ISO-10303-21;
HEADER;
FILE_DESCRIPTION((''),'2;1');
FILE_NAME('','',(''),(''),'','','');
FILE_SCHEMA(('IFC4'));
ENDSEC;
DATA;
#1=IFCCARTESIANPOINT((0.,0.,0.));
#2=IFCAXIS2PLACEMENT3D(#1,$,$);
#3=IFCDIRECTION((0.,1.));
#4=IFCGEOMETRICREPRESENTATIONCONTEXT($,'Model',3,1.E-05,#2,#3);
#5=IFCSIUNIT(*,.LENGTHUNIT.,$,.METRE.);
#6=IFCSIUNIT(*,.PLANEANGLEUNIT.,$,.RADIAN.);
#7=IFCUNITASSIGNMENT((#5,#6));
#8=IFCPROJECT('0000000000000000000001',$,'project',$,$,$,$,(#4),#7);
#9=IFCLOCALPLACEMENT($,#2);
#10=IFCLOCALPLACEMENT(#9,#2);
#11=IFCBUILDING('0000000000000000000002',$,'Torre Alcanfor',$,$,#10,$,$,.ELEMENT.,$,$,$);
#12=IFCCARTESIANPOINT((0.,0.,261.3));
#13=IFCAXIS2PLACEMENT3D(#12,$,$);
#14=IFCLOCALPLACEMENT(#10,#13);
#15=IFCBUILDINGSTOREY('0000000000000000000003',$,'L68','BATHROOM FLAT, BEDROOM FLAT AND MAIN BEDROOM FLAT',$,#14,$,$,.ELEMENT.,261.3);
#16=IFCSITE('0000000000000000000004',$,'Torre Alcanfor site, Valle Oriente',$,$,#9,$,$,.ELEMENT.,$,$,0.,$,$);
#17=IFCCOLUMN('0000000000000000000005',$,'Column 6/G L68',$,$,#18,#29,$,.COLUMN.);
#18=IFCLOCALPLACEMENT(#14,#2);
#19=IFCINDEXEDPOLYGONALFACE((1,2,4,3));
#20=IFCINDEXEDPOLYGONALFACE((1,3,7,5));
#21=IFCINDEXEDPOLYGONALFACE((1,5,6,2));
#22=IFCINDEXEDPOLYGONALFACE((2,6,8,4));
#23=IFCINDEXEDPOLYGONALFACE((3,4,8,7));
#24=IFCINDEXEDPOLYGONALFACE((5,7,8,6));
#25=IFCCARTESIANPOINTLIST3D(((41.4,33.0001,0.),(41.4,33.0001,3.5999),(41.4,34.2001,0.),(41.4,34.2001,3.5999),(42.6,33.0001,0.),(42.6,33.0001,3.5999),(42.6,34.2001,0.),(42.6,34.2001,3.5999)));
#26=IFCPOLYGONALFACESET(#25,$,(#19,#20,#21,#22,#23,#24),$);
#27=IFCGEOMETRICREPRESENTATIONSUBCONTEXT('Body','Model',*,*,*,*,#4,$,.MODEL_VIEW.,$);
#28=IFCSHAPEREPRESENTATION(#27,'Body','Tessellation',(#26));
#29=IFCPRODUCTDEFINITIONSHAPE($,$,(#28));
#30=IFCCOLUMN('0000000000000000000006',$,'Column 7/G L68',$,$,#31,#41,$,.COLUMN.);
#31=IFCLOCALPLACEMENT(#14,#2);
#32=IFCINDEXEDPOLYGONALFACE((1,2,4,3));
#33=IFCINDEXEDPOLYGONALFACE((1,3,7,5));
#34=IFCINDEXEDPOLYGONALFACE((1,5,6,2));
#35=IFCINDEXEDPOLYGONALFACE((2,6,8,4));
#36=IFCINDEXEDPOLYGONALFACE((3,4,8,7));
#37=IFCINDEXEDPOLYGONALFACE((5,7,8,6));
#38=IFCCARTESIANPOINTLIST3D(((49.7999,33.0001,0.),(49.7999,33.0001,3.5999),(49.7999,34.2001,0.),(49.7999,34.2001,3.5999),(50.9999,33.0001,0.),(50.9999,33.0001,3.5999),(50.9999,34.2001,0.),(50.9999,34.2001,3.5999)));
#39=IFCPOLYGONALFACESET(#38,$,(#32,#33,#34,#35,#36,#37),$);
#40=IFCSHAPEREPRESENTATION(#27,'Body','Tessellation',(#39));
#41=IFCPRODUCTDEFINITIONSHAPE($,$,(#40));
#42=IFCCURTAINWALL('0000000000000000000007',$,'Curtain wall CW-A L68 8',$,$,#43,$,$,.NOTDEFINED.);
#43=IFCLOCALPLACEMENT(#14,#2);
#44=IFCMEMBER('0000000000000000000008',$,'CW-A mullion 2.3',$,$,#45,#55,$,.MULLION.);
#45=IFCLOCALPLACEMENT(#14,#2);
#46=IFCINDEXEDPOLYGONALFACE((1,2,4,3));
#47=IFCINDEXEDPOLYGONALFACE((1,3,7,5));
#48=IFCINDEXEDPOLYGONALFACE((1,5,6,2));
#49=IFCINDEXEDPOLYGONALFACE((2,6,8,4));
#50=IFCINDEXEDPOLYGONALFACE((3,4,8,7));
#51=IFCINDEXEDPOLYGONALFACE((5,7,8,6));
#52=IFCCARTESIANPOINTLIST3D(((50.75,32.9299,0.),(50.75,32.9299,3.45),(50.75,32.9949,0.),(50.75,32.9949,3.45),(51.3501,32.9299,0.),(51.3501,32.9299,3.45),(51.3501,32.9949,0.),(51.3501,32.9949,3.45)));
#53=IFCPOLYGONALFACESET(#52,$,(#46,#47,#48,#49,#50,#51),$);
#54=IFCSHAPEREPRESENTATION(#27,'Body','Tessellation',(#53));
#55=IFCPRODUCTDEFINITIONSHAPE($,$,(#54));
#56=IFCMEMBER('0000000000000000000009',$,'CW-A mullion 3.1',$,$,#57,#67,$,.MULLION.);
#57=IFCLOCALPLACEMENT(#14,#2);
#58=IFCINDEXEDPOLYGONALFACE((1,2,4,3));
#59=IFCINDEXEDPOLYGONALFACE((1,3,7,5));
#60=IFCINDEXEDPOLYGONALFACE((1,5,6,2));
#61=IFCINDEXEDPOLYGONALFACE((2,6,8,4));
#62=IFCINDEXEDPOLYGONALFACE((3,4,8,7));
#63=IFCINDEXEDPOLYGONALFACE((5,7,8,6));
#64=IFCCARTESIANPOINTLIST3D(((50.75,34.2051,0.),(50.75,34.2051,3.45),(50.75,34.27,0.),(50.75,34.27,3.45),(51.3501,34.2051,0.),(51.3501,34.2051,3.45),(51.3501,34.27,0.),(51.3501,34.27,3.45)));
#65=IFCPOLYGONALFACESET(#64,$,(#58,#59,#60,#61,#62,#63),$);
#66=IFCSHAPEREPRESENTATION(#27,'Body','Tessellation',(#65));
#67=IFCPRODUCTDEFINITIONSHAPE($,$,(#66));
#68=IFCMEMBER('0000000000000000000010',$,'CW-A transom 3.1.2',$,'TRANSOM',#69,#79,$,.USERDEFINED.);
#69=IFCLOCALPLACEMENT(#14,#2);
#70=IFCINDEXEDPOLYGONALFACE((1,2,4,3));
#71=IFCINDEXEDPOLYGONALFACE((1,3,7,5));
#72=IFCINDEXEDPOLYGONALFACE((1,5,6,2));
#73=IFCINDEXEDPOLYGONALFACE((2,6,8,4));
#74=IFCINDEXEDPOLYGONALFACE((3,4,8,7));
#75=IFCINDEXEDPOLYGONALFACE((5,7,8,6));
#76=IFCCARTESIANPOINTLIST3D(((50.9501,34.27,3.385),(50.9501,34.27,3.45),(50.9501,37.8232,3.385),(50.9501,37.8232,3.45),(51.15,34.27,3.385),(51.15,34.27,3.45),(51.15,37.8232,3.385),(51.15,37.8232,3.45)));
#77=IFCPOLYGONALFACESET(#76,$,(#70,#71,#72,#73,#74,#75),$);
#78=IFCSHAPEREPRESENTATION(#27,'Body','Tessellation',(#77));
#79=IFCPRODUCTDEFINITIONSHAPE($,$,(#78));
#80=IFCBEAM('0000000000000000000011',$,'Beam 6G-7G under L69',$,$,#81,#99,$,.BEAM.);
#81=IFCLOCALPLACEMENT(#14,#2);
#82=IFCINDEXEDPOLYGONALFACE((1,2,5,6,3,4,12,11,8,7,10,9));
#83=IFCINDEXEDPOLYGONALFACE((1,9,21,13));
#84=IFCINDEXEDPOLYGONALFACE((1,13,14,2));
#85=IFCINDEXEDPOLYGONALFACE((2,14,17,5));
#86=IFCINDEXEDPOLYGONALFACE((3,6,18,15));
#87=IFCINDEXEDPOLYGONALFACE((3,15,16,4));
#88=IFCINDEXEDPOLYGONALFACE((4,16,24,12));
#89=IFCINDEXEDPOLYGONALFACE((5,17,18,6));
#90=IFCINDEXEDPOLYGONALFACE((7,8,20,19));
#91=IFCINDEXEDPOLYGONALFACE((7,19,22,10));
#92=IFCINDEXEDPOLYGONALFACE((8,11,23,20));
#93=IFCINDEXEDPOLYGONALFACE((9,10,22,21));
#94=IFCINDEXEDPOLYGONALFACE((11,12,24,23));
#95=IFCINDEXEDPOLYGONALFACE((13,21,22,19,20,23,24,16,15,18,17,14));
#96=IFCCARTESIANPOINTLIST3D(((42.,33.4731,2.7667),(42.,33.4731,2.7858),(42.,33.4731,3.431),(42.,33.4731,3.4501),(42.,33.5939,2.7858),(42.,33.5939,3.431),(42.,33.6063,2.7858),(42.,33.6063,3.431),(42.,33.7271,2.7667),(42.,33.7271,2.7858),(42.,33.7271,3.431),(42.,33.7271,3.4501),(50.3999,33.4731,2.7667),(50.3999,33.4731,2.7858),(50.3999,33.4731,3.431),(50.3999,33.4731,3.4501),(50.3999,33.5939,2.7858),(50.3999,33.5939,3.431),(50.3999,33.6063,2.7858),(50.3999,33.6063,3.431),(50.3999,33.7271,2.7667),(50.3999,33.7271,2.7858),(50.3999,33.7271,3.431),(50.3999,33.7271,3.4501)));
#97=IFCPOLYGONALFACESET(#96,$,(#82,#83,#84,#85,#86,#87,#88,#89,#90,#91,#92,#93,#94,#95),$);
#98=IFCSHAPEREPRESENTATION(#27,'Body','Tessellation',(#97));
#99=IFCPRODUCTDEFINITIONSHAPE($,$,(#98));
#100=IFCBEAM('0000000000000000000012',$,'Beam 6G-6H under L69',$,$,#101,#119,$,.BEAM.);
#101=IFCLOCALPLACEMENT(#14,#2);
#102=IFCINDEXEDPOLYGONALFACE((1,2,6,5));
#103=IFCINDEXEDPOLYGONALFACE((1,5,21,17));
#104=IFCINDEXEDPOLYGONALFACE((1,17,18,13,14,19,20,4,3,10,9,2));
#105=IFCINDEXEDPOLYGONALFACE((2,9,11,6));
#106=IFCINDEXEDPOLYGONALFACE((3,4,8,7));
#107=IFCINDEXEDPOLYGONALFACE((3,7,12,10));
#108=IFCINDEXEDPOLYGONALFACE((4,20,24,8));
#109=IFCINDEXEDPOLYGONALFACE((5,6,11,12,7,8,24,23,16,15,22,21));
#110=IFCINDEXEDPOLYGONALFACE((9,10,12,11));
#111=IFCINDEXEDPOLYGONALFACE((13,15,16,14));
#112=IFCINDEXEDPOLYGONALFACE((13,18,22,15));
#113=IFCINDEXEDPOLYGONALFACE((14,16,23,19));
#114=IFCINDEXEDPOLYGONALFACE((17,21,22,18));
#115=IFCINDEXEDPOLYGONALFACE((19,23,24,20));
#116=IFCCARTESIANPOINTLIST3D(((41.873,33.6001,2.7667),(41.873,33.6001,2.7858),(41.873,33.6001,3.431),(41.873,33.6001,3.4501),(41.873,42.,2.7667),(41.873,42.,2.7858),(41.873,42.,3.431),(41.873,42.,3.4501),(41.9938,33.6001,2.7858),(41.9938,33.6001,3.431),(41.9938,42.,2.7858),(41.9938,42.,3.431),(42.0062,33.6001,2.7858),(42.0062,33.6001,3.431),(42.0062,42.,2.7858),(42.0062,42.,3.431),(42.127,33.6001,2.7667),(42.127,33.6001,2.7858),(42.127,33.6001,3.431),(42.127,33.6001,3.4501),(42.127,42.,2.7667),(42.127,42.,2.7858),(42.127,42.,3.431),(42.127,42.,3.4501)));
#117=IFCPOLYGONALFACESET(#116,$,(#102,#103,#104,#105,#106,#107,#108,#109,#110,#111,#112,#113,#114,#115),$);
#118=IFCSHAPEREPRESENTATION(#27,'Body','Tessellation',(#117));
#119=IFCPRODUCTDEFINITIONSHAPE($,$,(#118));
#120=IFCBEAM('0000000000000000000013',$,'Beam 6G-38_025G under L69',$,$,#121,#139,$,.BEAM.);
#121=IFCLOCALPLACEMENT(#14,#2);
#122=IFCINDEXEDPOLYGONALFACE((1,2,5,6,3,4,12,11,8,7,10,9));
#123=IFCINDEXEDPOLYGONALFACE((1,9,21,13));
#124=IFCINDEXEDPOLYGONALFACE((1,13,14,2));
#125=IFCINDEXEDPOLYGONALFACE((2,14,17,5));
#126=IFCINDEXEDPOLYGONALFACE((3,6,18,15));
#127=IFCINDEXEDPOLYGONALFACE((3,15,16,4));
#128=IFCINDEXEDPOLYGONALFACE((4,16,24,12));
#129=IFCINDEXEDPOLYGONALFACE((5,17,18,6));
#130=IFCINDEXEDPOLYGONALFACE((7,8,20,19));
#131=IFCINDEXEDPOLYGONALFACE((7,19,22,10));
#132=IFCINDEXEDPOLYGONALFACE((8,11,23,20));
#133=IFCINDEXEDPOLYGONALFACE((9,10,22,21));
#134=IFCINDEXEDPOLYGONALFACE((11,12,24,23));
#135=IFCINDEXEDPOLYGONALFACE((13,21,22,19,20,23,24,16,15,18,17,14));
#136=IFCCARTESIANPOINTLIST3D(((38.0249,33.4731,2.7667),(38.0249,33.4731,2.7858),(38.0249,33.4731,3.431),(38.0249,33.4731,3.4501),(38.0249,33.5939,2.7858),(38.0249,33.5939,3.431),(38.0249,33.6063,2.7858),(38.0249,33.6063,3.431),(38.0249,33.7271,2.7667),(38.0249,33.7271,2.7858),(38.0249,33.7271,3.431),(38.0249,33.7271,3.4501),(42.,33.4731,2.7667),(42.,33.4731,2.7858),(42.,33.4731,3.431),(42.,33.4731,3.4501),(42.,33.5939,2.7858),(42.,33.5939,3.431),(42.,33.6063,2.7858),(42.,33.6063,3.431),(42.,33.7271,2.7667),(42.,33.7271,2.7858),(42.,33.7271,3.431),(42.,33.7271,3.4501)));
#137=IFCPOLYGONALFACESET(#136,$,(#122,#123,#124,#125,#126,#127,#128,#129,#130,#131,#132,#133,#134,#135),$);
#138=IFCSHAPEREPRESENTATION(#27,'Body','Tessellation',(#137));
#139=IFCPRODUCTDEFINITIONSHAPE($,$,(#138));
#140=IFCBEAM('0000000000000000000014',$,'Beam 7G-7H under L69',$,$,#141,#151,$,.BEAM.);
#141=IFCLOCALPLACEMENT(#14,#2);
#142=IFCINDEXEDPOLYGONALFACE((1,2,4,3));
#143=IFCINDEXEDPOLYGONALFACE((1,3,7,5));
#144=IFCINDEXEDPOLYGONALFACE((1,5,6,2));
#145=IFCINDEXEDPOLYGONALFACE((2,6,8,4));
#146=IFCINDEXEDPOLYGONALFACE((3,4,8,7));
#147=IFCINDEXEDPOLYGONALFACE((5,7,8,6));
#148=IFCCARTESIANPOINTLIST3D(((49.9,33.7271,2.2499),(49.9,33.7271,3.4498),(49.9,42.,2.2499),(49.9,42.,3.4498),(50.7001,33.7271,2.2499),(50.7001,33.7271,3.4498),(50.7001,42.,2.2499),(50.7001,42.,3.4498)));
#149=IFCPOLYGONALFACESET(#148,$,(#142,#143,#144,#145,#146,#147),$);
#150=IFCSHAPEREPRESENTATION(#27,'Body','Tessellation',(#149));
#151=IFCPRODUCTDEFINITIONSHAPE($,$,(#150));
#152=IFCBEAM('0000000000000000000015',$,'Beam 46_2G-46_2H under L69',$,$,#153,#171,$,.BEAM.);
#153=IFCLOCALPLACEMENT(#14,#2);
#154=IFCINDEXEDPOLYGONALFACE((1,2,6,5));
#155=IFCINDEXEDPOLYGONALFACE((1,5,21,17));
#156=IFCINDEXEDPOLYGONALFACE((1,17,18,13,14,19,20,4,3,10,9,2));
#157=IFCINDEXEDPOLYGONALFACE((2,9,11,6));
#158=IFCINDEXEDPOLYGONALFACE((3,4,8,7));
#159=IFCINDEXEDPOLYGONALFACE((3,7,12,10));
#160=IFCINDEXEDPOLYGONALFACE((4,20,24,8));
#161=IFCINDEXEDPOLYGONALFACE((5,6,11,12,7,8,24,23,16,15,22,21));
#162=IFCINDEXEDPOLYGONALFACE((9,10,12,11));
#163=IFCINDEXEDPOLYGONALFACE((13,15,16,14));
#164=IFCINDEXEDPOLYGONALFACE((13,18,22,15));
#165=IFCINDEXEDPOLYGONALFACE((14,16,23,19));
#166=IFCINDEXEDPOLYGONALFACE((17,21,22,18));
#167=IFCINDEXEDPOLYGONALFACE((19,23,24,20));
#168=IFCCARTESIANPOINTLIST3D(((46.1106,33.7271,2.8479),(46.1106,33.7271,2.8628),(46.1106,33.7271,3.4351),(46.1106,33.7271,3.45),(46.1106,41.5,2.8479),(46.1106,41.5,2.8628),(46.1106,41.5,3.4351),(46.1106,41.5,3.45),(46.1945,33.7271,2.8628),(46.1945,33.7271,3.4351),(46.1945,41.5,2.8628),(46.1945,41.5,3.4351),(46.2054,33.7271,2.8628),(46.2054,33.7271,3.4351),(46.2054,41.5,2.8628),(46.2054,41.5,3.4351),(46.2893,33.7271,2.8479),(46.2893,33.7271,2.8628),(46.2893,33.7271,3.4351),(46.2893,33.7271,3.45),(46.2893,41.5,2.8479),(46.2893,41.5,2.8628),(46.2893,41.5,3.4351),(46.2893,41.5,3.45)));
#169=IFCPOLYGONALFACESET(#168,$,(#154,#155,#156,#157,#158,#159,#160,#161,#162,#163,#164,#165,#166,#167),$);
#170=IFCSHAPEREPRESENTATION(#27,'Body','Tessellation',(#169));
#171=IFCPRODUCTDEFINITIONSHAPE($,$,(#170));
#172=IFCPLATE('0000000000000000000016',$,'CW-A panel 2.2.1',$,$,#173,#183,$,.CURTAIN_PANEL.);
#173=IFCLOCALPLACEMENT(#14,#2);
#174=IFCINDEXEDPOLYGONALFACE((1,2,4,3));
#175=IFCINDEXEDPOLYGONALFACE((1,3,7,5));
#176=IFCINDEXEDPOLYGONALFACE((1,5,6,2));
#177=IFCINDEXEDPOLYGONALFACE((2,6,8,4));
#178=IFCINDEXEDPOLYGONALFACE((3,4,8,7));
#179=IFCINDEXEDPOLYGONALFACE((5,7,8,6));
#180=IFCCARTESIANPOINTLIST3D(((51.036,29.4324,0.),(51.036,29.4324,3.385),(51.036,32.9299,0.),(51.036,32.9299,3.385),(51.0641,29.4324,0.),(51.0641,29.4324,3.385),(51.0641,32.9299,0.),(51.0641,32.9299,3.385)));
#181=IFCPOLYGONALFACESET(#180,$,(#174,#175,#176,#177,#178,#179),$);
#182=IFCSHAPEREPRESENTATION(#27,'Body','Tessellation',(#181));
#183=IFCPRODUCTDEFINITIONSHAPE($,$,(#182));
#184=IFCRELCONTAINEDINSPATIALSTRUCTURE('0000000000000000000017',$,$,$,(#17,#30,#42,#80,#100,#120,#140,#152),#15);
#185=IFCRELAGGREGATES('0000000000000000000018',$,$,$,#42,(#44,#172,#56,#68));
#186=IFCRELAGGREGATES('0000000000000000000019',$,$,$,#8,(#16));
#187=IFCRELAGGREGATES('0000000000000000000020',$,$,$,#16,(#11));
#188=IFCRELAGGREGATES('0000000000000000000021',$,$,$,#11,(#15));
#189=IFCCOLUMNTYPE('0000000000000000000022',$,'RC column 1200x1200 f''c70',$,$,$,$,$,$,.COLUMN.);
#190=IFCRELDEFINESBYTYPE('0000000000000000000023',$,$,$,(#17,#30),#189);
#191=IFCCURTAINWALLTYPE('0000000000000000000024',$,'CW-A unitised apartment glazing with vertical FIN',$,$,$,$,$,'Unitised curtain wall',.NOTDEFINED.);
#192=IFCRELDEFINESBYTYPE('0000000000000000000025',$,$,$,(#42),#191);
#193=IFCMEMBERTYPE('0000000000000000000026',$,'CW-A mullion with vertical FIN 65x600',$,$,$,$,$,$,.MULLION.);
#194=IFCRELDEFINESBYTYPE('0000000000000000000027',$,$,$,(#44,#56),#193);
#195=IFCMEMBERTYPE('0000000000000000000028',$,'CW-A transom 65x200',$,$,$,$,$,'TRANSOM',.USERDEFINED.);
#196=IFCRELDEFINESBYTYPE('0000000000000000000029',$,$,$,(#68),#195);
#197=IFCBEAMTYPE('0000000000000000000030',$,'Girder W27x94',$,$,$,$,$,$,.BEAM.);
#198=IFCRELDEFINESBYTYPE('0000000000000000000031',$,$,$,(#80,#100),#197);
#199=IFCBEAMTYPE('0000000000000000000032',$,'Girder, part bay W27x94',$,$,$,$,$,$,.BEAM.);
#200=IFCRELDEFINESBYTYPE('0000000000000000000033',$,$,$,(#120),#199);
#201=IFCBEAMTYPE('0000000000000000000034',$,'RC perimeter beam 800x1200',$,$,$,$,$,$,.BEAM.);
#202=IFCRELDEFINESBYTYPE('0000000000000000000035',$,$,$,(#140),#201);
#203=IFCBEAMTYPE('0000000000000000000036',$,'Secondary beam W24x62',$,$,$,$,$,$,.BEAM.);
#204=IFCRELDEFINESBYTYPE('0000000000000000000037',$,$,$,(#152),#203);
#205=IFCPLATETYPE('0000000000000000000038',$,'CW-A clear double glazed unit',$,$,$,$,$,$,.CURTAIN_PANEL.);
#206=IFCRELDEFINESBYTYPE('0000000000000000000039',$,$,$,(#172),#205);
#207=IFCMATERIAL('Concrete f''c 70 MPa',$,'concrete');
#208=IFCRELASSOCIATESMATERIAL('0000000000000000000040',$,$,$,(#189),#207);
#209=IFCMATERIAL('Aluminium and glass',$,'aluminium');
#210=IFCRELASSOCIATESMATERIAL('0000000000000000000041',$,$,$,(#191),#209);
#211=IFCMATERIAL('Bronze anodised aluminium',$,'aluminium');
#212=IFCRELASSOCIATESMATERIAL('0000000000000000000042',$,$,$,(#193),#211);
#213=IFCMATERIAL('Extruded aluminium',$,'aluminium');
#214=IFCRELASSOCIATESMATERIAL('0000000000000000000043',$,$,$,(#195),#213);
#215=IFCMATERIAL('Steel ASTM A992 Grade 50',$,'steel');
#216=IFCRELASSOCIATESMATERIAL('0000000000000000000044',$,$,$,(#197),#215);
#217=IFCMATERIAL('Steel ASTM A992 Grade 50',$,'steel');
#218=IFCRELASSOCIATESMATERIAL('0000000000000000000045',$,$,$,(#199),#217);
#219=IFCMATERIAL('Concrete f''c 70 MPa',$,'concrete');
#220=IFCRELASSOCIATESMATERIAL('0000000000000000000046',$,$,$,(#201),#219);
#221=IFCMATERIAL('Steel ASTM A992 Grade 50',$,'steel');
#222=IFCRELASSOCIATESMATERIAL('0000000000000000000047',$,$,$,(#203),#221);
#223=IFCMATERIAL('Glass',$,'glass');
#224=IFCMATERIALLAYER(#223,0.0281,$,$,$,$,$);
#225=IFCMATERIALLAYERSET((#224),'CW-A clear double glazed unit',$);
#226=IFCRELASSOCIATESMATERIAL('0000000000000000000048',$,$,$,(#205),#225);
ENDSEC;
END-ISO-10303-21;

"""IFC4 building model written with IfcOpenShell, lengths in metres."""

from ifc_helpers import new_model, si_unit, direction, frame, origin, origin_2d, place, context, subcontext, project, spatial, rectangle, i_section, extrude, material, layer, layer_set, material_profile, profile_set, type_object, element, aggregate, save


model = new_model("IFC4")

# Units and contexts
model_context = context("Model", 3, precision=1e-05, world=origin(), true_north=direction((0.0, 1.0)))
body_context = subcontext(model_context, "Body", "Model", "MODEL_VIEW")
ifc_project = project(units=[si_unit("LENGTHUNIT", "METRE"), si_unit("PLANEANGLEUNIT", "RADIAN")], contexts=[model_context])

# Site, building, storey
site_placement = place(None, origin())
site = spatial("IfcSite", under=ifc_project, at=site_placement, Name="Torre Alcanfor site, Valle Oriente", CompositionType="ELEMENT", RefElevation=0.0)
building_placement = place(site_placement, origin())
building = spatial("IfcBuilding", under=site, at=building_placement, Name="Torre Alcanfor", CompositionType="ELEMENT")
storey_placement = place(building_placement, frame((0.0, 0.0, 261.3)))
storey = spatial("IfcBuildingStorey", under=building, at=storey_placement, Name="L68", Description="BATHROOM FLAT, BEDROOM FLAT AND MAIN BEDROOM FLAT", CompositionType="ELEMENT", Elevation=261.3)

# Columns
ifc_material_1 = material(Name="Concrete f'c 70 MPa", Category="concrete")
ifc_material_profile_1 = material_profile(ifc_material_1, rectangle(XDim=1.2, YDim=1.2, at=origin_2d()), Name="1200x1200")
ifc_profile_set_1 = profile_set([ifc_material_profile_1], Name="Concrete f'c 70 MPa")
column_type = type_object("IfcColumnType", Name="RC column 1200x1200 f'c70", PredefinedType="COLUMN", material=ifc_profile_set_1)
for number, where, z_axis, x_axis, name in (
    (1, (42.0, 33.6001, 0.0), (0.0, 0.0, 1.0), (1.0, 0.0, 0.0), "Column 6/G L68"),
    (2, (50.3999, 33.6001, 0.0), (0.0, 0.0, 1.0), (1.0, 0.0, 0.0), "Column 7/G L68"),
):
    element("IfcColumn", number, at=place(storey_placement, frame(where, z_axis=z_axis, x_axis=x_axis)), inside=storey, type_object=column_type, Name=name, PredefinedType="COLUMN", context=body_context, shape_type="SweptSolid", body=[
        extrude(rectangle(XDim=1.2, YDim=1.2, at=origin_2d()), origin(), (0.0, 0.0, 1.0), 3.5999),
    ])

# Curtain wall, members
ifc_material_2 = material(Name="Aluminium and glass", Category="aluminium")
curtain_wall_type = type_object("IfcCurtainWallType", Name="CW-A unitised apartment glazing with vertical FIN", ElementType="Unitised curtain wall", PredefinedType="NOTDEFINED", material=ifc_material_2)
curtain_wall_placement = place(storey_placement, origin())
curtain_wall = element("IfcCurtainWall", 3, at=curtain_wall_placement, inside=storey, type_object=curtain_wall_type, Name="Curtain wall CW-A L68 8", PredefinedType="NOTDEFINED")
ifc_material_3 = material(Name="Bronze anodised aluminium", Category="aluminium")
ifc_material_profile_2 = material_profile(ifc_material_3, rectangle(XDim=0.6001, YDim=0.0649, at=origin_2d()), Name="CW-A mullion 65x600")
ifc_profile_set_2 = profile_set([ifc_material_profile_2], Name="Bronze anodised aluminium")
member_type_1 = type_object("IfcMemberType", Name="CW-A mullion with vertical FIN 65x600", PredefinedType="MULLION", material=ifc_profile_set_2)
member_1_placement = place(storey_placement, frame((51.05, 32.9624, 0.0), z_axis=(0.0, 0.0, 1.0), x_axis=(-1.0, 0.0, 0.0)))
member_1 = element("IfcMember", 4, at=member_1_placement, type_object=member_type_1, Name="CW-A mullion 2.3", PredefinedType="MULLION", context=body_context, shape_type="SweptSolid", body=[
    extrude(rectangle(XDim=0.6001, YDim=0.0649, at=origin_2d()), origin(), (0.0, 0.0, 1.0), 3.45),
])
member_2_placement = place(storey_placement, frame((51.05, 34.2375, 0.0), z_axis=(0.0, 0.0, 1.0), x_axis=(-1.0, 0.0, 0.0)))
member_2 = element("IfcMember", 5, at=member_2_placement, type_object=member_type_1, Name="CW-A mullion 3.1", PredefinedType="MULLION", context=body_context, shape_type="SweptSolid", body=[
    extrude(rectangle(XDim=0.6001, YDim=0.0649, at=origin_2d()), origin(), (0.0, 0.0, 1.0), 3.45),
])
ifc_material_4 = material(Name="Extruded aluminium", Category="aluminium")
ifc_material_profile_3 = material_profile(ifc_material_4, rectangle(XDim=0.2, YDim=0.0649, at=origin_2d()), Name="CW-A transom 200x65")
ifc_profile_set_3 = profile_set([ifc_material_profile_3], Name="Extruded aluminium")
member_type_2 = type_object("IfcMemberType", Name="CW-A transom 65x200", ElementType="TRANSOM", PredefinedType="USERDEFINED", material=ifc_profile_set_3)
member_3_placement = place(storey_placement, frame((51.05, 34.27, 3.4175), z_axis=(0.0, 1.0, 0.0), x_axis=(-1.0, 0.0, 0.0)))
member_3 = element("IfcMember", 6, at=member_3_placement, type_object=member_type_2, Name="CW-A transom 3.1.2", ObjectType="TRANSOM", PredefinedType="USERDEFINED", context=body_context, shape_type="SweptSolid", body=[
    extrude(rectangle(XDim=0.2, YDim=0.0649, at=origin_2d()), origin(), (0.0, 0.0, 1.0), 3.5532),
])

# Beams
ifc_material_5 = material(Name="Steel ASTM A992 Grade 50", Category="steel")
ifc_material_profile_4 = material_profile(ifc_material_5, i_section(OverallWidth=0.2539, OverallDepth=0.6833, WebThickness=0.0125, FlangeThickness=0.019, at=origin_2d()), Name="W27x94")
ifc_profile_set_4 = profile_set([ifc_material_profile_4], Name="Steel ASTM A992 Grade 50")
beam_type_1 = type_object("IfcBeamType", Name="Girder W27x94", PredefinedType="BEAM", material=ifc_profile_set_4)
for number, where, z_axis, x_axis, name in (
    (7, (42.0, 33.6001, 3.1084), (1.0, 0.0, 0.0), (0.0, 1.0, 0.0), "Beam 6G-7G under L69"),
    (8, (42.0, 33.6001, 3.1084), (0.0, 1.0, 0.0), (-1.0, 0.0, 0.0), "Beam 6G-6H under L69"),
):
    element("IfcBeam", number, at=place(storey_placement, frame(where, z_axis=z_axis, x_axis=x_axis)), inside=storey, type_object=beam_type_1, Name=name, PredefinedType="BEAM", context=body_context, shape_type="SweptSolid", body=[
        extrude(i_section(OverallWidth=0.2539, OverallDepth=0.6833, WebThickness=0.0125, FlangeThickness=0.019, at=origin_2d()), origin(), (0.0, 0.0, 1.0), 8.3999),
    ])
ifc_material_6 = material(Name="Steel ASTM A992 Grade 50", Category="steel")
ifc_material_profile_5 = material_profile(ifc_material_6, i_section(OverallWidth=0.2539, OverallDepth=0.6833, WebThickness=0.0125, FlangeThickness=0.019, at=origin_2d()), Name="W27x94")
ifc_profile_set_5 = profile_set([ifc_material_profile_5], Name="Steel ASTM A992 Grade 50")
beam_type_2 = type_object("IfcBeamType", Name="Girder, part bay W27x94", PredefinedType="BEAM", material=ifc_profile_set_5)
beam_1_placement = place(storey_placement, frame((42.0, 33.6001, 3.1084), z_axis=(-1.0, 0.0, 0.0), x_axis=(0.0, -1.0, 0.0)))
element("IfcBeam", 9, at=beam_1_placement, inside=storey, type_object=beam_type_2, Name="Beam 6G-38_025G under L69", PredefinedType="BEAM", context=body_context, shape_type="SweptSolid", body=[
    extrude(i_section(OverallWidth=0.2539, OverallDepth=0.6833, WebThickness=0.0125, FlangeThickness=0.019, at=origin_2d()), origin(), (0.0, 0.0, 1.0), 3.9751),
])
ifc_material_7 = material(Name="Concrete f'c 70 MPa", Category="concrete")
ifc_material_profile_6 = material_profile(ifc_material_7, rectangle(XDim=0.8, YDim=1.2, at=origin_2d()), Name="800x1200")
ifc_profile_set_6 = profile_set([ifc_material_profile_6], Name="Concrete f'c 70 MPa")
beam_type_3 = type_object("IfcBeamType", Name="RC perimeter beam 800x1200", PredefinedType="BEAM", material=ifc_profile_set_6)
beam_2_placement = place(storey_placement, frame((50.3, 33.7271, 2.8499), z_axis=(0.0, 1.0, 0.0), x_axis=(-1.0, 0.0, 0.0)))
element("IfcBeam", 10, at=beam_2_placement, inside=storey, type_object=beam_type_3, Name="Beam 7G-7H under L69", PredefinedType="BEAM", context=body_context, shape_type="SweptSolid", body=[
    extrude(rectangle(XDim=0.8, YDim=1.2, at=origin_2d()), origin(), (0.0, 0.0, 1.0), 8.2729),
])
ifc_material_8 = material(Name="Steel ASTM A992 Grade 50", Category="steel")
ifc_material_profile_7 = material_profile(ifc_material_8, i_section(OverallWidth=0.1787, OverallDepth=0.6021, WebThickness=0.011, FlangeThickness=0.0149, at=origin_2d()), Name="W24x62")
ifc_profile_set_7 = profile_set([ifc_material_profile_7], Name="Steel ASTM A992 Grade 50")
beam_type_4 = type_object("IfcBeamType", Name="Secondary beam W24x62", PredefinedType="BEAM", material=ifc_profile_set_7)
beam_3_placement = place(storey_placement, frame((46.2, 33.7271, 3.1489), z_axis=(0.0, 1.0, 0.0), x_axis=(-1.0, 0.0, 0.0)))
element("IfcBeam", 11, at=beam_3_placement, inside=storey, type_object=beam_type_4, Name="Beam 46_2G-46_2H under L69", PredefinedType="BEAM", context=body_context, shape_type="SweptSolid", body=[
    extrude(i_section(OverallWidth=0.1787, OverallDepth=0.6021, WebThickness=0.011, FlangeThickness=0.0149, at=origin_2d()), origin(), (0.0, 0.0, 1.0), 7.7729),
])

# Plate
ifc_material_9 = material(Name="Glass", Category="glass")
ifc_layer_1 = layer(ifc_material_9, 0.0281)
ifc_layer_set_1 = layer_set([ifc_layer_1], Name="CW-A clear double glazed unit")
plate_type = type_object("IfcPlateType", Name="CW-A clear double glazed unit", PredefinedType="CURTAIN_PANEL", material=ifc_layer_set_1)
plate_placement = place(storey_placement, frame((51.05, 31.1812, 0.0), z_axis=(0.0, 0.0, 1.0), x_axis=(0.0, 1.0, 0.0)))
plate = element("IfcPlate", 12, at=plate_placement, type_object=plate_type, Name="CW-A panel 2.2.1", PredefinedType="CURTAIN_PANEL", context=body_context, shape_type="SweptSolid", body=[
    extrude(rectangle(XDim=3.4976, YDim=0.0281, at=origin_2d()), origin(), (0.0, 0.0, 1.0), 3.385),
])
aggregate(curtain_wall, [member_1, plate, member_2, member_3])

save(model, "model.ifc")
